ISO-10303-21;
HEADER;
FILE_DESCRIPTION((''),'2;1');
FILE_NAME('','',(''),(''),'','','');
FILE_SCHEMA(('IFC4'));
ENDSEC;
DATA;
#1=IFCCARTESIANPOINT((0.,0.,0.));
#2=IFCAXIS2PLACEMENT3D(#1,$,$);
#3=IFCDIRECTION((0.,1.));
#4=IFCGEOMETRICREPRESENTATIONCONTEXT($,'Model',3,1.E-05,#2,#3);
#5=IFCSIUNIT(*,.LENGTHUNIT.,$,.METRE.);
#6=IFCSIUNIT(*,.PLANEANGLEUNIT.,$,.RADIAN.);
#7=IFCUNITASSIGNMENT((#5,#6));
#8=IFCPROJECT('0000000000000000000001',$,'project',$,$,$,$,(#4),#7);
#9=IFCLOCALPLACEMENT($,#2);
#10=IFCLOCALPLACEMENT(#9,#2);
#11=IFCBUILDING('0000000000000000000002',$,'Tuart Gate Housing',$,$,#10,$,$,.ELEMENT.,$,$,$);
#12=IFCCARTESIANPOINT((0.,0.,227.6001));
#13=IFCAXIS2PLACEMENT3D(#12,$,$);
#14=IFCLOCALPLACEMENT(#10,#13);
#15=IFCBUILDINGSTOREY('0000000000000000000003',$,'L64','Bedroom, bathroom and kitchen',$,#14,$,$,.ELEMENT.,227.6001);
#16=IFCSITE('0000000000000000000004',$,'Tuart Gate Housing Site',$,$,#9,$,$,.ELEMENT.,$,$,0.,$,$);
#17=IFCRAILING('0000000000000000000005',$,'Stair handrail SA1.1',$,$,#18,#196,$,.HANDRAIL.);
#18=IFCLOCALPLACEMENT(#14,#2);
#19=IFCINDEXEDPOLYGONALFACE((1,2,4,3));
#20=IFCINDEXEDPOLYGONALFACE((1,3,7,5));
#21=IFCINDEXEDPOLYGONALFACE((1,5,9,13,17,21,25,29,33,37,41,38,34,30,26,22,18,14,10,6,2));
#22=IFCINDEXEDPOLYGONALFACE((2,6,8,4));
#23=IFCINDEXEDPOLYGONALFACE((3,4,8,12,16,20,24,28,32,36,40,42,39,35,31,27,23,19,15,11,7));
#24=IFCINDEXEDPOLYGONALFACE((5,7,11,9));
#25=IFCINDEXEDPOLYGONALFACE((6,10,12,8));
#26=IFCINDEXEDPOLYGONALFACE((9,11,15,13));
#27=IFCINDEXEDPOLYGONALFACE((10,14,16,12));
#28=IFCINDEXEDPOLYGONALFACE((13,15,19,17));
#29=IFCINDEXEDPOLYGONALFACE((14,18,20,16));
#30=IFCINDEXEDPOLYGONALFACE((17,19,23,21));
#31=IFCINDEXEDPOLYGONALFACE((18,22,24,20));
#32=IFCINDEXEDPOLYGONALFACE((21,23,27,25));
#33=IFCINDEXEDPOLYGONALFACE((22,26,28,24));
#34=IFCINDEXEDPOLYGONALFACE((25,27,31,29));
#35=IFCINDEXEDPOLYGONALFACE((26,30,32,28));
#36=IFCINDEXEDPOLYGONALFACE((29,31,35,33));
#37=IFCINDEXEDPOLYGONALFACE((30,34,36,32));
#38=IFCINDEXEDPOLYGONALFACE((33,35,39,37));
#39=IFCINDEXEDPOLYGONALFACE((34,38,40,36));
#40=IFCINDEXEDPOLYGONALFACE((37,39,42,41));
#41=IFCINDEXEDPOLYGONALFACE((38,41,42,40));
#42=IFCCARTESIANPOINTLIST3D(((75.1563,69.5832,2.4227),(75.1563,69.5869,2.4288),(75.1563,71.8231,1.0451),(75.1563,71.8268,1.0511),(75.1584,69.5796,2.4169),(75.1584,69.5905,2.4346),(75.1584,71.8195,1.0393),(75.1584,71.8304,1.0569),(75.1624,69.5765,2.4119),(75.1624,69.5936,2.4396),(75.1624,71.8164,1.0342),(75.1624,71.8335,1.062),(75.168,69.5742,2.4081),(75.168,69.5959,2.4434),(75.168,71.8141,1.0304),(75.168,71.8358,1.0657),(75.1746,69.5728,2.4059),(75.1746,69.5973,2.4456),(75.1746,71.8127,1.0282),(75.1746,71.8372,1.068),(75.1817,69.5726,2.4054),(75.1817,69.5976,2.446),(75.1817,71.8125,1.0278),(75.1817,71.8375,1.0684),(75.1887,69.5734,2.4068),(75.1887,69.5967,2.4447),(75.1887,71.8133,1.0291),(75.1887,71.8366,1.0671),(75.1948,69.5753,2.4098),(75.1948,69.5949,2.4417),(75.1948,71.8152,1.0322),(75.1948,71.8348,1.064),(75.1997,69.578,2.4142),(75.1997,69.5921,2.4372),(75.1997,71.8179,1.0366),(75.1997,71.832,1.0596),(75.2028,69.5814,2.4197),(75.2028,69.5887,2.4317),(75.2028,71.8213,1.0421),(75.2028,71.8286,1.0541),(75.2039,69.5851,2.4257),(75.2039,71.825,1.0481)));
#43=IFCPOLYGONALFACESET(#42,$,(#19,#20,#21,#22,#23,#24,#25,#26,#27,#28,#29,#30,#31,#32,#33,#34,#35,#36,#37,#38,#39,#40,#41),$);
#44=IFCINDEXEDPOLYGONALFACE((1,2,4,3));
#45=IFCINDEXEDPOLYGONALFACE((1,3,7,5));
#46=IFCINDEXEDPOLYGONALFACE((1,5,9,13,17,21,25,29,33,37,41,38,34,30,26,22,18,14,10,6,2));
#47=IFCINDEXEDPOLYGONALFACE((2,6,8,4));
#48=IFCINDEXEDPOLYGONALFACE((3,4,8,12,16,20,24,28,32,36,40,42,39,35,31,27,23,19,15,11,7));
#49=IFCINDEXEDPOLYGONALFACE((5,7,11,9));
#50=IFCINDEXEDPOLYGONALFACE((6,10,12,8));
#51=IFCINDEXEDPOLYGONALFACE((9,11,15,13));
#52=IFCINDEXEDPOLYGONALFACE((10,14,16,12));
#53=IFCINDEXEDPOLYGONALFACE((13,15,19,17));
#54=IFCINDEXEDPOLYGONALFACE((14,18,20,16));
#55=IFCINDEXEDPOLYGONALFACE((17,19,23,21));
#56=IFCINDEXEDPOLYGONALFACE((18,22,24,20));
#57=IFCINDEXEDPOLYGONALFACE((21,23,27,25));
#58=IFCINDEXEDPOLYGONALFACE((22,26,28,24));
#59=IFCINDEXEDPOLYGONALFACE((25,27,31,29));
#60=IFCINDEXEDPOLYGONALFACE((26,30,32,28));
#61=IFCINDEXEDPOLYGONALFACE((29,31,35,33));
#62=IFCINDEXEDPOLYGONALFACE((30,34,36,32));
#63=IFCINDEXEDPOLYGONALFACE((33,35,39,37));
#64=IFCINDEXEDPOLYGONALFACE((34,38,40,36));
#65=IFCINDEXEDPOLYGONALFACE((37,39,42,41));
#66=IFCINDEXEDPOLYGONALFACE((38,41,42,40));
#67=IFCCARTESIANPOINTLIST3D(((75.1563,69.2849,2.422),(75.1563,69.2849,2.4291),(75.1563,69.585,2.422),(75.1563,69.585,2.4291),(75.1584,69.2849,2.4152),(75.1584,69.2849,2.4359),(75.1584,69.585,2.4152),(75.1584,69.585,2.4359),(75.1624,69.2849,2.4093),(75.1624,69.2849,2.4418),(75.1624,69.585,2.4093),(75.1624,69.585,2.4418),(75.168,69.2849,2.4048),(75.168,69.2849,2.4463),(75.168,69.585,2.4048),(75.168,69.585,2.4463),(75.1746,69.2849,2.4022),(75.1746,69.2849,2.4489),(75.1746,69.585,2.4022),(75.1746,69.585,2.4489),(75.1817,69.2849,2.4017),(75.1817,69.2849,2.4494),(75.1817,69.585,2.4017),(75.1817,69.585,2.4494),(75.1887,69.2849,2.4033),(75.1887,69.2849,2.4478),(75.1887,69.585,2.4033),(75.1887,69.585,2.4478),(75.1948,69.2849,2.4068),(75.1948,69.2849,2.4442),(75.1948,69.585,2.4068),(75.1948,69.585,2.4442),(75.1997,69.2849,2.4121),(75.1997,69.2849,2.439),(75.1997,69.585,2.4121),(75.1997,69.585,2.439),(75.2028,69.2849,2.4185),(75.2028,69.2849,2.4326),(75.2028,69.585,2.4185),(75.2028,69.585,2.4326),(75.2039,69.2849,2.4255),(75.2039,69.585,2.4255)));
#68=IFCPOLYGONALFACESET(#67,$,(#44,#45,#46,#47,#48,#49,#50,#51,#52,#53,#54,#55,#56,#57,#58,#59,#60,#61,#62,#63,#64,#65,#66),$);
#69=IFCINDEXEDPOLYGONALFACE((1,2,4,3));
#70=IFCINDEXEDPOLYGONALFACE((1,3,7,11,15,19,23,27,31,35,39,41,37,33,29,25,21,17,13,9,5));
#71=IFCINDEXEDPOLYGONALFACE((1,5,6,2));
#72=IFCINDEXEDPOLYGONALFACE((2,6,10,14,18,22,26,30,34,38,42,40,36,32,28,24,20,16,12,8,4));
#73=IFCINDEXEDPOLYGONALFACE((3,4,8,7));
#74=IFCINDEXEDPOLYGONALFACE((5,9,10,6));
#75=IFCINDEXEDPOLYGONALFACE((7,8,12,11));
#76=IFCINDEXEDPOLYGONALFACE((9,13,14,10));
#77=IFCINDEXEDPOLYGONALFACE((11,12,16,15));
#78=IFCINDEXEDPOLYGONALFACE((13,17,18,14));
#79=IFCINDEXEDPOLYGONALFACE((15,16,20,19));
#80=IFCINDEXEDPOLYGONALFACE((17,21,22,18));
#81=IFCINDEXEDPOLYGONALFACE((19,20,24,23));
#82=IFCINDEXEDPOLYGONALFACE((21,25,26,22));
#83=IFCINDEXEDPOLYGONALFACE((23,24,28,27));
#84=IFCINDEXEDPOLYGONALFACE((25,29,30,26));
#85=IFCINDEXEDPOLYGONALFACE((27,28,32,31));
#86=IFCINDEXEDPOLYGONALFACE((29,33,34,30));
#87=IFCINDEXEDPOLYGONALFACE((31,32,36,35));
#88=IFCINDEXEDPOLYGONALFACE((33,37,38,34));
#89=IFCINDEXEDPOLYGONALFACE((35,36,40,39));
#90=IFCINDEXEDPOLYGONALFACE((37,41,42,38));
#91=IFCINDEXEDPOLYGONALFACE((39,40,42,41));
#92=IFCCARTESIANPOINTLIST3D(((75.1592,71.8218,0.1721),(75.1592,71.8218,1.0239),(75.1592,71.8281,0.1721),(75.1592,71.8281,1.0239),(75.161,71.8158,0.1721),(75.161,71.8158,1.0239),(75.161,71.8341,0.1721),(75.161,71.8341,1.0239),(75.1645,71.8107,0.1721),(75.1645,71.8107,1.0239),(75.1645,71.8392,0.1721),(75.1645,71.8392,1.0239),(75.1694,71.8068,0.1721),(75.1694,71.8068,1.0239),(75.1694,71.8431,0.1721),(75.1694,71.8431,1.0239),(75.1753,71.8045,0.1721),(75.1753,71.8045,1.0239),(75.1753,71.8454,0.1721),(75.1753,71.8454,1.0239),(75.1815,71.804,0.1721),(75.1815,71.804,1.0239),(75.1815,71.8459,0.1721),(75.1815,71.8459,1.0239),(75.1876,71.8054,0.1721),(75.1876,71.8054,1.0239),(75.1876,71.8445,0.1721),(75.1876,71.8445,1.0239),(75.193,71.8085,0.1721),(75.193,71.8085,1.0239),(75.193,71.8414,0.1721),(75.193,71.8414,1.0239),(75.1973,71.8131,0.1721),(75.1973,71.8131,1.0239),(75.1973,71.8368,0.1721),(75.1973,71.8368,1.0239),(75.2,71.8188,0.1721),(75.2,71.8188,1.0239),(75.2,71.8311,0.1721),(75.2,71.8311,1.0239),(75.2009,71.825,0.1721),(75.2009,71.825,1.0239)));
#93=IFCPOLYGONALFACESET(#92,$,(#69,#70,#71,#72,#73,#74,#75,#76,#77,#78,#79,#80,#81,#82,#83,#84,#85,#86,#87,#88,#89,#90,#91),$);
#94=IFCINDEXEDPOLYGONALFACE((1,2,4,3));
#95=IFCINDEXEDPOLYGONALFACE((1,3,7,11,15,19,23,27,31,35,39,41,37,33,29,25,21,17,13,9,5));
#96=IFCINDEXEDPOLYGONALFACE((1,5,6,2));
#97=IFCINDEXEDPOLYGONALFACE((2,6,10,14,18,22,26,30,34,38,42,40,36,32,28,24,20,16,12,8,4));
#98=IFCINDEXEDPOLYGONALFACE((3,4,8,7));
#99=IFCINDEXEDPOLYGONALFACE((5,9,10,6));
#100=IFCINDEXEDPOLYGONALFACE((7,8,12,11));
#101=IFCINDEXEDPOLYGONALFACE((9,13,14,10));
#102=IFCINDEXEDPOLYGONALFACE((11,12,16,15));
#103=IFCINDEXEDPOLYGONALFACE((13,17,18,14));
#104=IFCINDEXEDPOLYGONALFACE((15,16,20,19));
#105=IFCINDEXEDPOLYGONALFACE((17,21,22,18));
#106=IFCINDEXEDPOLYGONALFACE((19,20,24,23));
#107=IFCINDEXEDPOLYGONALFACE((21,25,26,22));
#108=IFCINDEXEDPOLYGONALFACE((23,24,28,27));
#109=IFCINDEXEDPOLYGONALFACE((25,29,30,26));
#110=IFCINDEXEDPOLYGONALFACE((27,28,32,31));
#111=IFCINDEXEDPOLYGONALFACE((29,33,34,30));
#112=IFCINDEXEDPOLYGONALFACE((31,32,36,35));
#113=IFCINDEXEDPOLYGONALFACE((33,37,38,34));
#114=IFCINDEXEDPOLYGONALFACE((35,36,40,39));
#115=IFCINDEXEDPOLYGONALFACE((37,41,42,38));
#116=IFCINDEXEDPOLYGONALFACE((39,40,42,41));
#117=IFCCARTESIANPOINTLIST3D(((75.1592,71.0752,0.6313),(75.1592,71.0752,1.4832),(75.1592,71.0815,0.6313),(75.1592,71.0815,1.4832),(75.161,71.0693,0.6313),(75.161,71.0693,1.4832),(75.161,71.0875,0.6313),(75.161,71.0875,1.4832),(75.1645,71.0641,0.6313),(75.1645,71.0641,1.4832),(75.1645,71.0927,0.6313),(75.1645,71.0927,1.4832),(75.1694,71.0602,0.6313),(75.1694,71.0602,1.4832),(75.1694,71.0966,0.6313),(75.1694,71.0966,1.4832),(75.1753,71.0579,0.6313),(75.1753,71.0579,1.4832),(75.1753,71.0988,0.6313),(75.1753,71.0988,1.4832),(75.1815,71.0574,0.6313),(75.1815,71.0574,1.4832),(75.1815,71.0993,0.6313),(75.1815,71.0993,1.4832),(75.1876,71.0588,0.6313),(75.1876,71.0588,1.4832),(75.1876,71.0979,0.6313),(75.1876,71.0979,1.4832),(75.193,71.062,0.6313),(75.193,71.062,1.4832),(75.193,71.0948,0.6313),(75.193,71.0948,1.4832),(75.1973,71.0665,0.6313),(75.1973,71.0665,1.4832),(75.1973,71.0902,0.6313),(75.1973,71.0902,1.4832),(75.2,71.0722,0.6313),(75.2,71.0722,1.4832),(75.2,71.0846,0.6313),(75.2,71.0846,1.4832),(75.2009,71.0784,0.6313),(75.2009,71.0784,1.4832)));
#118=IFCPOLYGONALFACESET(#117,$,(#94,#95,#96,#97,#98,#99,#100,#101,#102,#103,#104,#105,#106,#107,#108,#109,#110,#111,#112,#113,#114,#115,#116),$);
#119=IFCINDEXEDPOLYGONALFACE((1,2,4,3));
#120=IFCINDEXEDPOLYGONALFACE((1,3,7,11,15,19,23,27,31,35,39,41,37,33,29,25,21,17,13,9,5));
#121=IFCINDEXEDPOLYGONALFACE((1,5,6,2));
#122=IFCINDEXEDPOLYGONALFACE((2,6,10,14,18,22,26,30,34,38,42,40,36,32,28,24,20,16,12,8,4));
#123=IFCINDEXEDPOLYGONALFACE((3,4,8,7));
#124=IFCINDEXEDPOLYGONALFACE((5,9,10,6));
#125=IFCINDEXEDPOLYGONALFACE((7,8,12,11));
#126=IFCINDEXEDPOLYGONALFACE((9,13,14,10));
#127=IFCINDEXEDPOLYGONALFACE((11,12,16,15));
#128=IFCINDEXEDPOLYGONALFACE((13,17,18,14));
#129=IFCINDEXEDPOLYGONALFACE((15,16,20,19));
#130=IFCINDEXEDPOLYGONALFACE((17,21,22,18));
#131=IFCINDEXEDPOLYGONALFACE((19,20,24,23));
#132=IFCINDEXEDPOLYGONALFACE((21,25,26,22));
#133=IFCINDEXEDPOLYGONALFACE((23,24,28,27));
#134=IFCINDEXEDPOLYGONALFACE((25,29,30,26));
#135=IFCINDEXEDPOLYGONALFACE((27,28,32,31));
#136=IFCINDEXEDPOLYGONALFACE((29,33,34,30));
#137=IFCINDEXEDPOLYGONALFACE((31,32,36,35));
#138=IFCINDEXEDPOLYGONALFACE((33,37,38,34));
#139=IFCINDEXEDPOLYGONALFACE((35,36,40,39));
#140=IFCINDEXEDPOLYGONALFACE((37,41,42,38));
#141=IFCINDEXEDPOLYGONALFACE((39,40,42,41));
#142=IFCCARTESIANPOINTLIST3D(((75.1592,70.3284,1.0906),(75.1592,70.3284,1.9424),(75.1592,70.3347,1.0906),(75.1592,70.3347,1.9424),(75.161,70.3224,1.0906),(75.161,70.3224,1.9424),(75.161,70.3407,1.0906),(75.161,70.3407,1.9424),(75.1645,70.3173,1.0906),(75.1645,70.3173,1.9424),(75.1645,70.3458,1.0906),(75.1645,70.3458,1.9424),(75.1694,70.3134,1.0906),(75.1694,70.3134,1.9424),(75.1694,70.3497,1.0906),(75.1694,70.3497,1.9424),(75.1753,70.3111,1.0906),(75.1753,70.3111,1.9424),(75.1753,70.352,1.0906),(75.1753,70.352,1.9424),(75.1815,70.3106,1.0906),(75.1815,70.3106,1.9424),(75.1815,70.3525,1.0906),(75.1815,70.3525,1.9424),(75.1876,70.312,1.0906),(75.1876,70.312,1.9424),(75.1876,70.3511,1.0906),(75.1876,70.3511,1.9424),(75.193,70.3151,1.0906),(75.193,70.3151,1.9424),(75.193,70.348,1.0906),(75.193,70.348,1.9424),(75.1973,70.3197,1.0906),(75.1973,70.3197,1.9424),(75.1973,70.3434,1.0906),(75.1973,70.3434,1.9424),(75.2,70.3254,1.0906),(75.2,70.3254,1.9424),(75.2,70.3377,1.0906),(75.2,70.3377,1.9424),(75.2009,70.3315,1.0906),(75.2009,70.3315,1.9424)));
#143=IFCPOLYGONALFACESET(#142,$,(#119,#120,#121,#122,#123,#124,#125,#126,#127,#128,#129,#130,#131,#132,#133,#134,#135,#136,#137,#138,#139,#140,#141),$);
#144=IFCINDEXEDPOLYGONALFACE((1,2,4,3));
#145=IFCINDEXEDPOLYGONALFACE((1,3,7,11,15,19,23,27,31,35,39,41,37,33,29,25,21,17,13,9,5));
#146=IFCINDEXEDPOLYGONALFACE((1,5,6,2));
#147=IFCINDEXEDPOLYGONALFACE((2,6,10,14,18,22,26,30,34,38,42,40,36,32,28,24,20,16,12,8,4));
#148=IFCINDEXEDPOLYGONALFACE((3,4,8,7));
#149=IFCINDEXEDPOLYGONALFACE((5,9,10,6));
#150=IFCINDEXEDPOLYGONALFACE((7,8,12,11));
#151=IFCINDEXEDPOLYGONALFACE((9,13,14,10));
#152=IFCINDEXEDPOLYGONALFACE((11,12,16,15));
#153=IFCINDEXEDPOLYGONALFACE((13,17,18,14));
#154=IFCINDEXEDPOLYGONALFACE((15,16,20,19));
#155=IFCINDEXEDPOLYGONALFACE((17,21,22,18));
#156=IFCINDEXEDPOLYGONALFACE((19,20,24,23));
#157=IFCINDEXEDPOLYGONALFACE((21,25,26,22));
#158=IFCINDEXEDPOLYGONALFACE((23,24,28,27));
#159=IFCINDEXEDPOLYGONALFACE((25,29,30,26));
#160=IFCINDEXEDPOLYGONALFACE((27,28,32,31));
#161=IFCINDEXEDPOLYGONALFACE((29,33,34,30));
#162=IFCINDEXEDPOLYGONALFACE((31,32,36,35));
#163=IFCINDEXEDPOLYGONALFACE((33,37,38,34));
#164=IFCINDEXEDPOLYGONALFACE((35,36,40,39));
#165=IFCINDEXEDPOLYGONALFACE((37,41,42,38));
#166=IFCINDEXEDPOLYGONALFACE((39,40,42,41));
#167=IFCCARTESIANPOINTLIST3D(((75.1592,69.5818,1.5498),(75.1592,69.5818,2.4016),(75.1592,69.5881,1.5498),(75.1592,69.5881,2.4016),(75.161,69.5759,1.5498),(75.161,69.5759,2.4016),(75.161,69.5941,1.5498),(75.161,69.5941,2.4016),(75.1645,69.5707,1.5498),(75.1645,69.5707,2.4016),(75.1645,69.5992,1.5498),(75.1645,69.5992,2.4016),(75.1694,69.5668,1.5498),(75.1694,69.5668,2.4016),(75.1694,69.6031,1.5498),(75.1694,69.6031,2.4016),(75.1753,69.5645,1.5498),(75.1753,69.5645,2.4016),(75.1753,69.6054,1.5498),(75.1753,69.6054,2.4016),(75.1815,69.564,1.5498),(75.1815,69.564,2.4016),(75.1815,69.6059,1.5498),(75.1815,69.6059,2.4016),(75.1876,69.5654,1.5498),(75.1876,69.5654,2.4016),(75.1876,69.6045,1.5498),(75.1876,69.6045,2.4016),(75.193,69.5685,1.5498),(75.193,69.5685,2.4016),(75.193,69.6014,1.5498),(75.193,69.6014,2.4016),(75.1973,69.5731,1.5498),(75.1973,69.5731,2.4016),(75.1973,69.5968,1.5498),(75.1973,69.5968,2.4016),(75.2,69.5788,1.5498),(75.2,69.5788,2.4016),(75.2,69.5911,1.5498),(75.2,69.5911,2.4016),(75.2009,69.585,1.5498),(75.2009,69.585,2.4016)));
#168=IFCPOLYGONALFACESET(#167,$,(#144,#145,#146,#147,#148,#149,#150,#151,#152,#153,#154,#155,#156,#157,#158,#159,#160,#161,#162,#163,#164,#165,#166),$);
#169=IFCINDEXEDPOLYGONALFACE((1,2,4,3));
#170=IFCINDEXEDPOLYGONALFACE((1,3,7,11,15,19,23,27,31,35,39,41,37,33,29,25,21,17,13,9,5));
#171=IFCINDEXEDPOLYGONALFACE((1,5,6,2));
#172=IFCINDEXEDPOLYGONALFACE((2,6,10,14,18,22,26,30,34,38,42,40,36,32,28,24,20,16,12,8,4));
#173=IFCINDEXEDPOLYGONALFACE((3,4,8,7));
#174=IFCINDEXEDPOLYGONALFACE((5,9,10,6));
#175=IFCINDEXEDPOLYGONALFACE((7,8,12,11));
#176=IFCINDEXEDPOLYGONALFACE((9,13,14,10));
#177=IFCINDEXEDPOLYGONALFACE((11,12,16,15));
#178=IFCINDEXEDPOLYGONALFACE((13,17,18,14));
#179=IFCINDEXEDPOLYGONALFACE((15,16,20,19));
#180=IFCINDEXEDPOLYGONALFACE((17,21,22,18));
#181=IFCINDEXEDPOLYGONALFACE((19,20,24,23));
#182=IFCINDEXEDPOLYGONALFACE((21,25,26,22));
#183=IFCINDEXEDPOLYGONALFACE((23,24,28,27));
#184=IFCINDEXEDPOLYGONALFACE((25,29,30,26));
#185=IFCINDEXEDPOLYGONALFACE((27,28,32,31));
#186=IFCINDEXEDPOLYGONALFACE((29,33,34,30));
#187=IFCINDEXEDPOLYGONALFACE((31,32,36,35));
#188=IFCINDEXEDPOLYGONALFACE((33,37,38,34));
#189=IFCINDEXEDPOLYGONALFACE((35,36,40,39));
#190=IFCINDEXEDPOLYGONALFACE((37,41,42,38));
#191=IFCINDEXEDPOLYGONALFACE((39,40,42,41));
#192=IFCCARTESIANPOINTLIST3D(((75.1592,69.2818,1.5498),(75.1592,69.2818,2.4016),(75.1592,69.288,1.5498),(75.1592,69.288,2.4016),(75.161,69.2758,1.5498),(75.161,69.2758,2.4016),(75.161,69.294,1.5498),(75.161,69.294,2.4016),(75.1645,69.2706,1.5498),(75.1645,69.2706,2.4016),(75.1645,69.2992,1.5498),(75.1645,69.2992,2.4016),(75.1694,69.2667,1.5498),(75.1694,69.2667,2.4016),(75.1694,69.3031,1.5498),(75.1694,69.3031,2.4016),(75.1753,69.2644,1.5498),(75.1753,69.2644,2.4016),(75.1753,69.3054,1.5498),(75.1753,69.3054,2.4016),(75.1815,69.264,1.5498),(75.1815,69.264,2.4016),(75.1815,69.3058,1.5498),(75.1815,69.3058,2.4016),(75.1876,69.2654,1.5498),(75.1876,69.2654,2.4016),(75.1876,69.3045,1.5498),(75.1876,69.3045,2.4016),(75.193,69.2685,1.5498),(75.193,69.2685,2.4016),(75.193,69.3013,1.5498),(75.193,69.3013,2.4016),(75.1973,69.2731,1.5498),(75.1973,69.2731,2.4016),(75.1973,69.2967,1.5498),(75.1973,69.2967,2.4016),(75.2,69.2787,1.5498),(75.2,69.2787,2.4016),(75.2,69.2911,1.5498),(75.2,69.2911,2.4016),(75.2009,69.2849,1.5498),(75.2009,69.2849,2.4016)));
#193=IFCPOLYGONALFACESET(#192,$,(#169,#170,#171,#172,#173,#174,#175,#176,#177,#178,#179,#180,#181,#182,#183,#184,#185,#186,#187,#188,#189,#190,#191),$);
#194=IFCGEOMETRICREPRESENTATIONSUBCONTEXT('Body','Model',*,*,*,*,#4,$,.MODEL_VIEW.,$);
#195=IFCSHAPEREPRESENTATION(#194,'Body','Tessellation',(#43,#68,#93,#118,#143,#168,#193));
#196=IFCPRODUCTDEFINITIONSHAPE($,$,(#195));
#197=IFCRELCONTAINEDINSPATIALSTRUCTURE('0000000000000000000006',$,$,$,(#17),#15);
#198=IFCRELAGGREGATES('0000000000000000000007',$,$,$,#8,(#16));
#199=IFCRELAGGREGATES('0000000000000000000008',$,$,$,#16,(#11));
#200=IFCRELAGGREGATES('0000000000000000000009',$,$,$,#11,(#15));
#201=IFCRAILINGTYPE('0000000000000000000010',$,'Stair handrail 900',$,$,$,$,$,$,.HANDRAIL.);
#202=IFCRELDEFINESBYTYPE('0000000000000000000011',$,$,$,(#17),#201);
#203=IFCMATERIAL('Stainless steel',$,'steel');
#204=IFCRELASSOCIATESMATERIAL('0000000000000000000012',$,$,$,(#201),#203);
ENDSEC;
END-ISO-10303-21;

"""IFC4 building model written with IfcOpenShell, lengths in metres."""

from ifc_helpers import new_model, si_unit, direction, frame, origin, origin_2d, place, context, subcontext, project, spatial, circle, extrude, material, type_object, element, save


model = new_model("IFC4")

# Units and contexts
model_context = context("Model", 3, precision=1e-05, world=origin(), true_north=direction((0.0, 1.0)))
body_context = subcontext(model_context, "Body", "Model", "MODEL_VIEW")
ifc_project = project(units=[si_unit("LENGTHUNIT", "METRE"), si_unit("PLANEANGLEUNIT", "RADIAN")], contexts=[model_context])

# Site, building, storey
site_placement = place(None, origin())
site = spatial("IfcSite", under=ifc_project, at=site_placement, Name="Tuart Gate Housing Site", CompositionType="ELEMENT", RefElevation=0.0)
building_placement = place(site_placement, origin())
building = spatial("IfcBuilding", under=site, at=building_placement, Name="Tuart Gate Housing", CompositionType="ELEMENT")
storey_placement = place(building_placement, frame((0.0, 0.0, 227.6001)))
storey = spatial("IfcBuildingStorey", under=building, at=storey_placement, Name="L64", Description="Bedroom, bathroom and kitchen", CompositionType="ELEMENT", Elevation=227.6001)

# Railing
ifc_material_1 = material(Name="Stainless steel", Category="steel")
railing_type = type_object("IfcRailingType", Name="Stair handrail 900", PredefinedType="HANDRAIL", material=ifc_material_1)
railing_placement = place(storey_placement, frame((75.1799, 71.825, 0.1721)))
element("IfcRailing", 1, at=railing_placement, inside=storey, type_object=railing_type, Name="Stair handrail SA1.1", PredefinedType="HANDRAIL", context=body_context, shape_type="SweptSolid", body=[
    extrude(circle(Radius=0.0239, at=origin_2d()), frame((0.0, 0.0, 0.876), z_axis=(0.0, -0.851789, 0.523885), x_axis=(1.0, 0.0, 0.0)), (0.0, 0.0, 1.0), 2.6296),
    extrude(circle(Radius=0.0239, at=origin_2d()), frame((0.0, -2.24, 2.2534), z_axis=(0.0, -1.0, 0.0), x_axis=(1.0, 0.0, 0.0)), (0.0, 0.0, 1.0), 0.3),
    extrude(circle(Radius=0.021, at=origin_2d()), origin(), (0.0, 0.0, 1.0), 0.8518),
    extrude(circle(Radius=0.021, at=origin_2d()), frame((0.0, -0.7466, 0.4592)), (0.0, 0.0, 1.0), 0.8518),
    extrude(circle(Radius=0.021, at=origin_2d()), frame((0.0, -1.4934, 0.9185)), (0.0, 0.0, 1.0), 0.8518),
    extrude(circle(Radius=0.021, at=origin_2d()), frame((0.0, -2.24, 1.3777)), (0.0, 0.0, 1.0), 0.8518),
    extrude(circle(Radius=0.021, at=origin_2d()), frame((0.0, -2.54, 1.3777)), (0.0, 0.0, 1.0), 0.8518),
])

save(model, "model.ifc")
